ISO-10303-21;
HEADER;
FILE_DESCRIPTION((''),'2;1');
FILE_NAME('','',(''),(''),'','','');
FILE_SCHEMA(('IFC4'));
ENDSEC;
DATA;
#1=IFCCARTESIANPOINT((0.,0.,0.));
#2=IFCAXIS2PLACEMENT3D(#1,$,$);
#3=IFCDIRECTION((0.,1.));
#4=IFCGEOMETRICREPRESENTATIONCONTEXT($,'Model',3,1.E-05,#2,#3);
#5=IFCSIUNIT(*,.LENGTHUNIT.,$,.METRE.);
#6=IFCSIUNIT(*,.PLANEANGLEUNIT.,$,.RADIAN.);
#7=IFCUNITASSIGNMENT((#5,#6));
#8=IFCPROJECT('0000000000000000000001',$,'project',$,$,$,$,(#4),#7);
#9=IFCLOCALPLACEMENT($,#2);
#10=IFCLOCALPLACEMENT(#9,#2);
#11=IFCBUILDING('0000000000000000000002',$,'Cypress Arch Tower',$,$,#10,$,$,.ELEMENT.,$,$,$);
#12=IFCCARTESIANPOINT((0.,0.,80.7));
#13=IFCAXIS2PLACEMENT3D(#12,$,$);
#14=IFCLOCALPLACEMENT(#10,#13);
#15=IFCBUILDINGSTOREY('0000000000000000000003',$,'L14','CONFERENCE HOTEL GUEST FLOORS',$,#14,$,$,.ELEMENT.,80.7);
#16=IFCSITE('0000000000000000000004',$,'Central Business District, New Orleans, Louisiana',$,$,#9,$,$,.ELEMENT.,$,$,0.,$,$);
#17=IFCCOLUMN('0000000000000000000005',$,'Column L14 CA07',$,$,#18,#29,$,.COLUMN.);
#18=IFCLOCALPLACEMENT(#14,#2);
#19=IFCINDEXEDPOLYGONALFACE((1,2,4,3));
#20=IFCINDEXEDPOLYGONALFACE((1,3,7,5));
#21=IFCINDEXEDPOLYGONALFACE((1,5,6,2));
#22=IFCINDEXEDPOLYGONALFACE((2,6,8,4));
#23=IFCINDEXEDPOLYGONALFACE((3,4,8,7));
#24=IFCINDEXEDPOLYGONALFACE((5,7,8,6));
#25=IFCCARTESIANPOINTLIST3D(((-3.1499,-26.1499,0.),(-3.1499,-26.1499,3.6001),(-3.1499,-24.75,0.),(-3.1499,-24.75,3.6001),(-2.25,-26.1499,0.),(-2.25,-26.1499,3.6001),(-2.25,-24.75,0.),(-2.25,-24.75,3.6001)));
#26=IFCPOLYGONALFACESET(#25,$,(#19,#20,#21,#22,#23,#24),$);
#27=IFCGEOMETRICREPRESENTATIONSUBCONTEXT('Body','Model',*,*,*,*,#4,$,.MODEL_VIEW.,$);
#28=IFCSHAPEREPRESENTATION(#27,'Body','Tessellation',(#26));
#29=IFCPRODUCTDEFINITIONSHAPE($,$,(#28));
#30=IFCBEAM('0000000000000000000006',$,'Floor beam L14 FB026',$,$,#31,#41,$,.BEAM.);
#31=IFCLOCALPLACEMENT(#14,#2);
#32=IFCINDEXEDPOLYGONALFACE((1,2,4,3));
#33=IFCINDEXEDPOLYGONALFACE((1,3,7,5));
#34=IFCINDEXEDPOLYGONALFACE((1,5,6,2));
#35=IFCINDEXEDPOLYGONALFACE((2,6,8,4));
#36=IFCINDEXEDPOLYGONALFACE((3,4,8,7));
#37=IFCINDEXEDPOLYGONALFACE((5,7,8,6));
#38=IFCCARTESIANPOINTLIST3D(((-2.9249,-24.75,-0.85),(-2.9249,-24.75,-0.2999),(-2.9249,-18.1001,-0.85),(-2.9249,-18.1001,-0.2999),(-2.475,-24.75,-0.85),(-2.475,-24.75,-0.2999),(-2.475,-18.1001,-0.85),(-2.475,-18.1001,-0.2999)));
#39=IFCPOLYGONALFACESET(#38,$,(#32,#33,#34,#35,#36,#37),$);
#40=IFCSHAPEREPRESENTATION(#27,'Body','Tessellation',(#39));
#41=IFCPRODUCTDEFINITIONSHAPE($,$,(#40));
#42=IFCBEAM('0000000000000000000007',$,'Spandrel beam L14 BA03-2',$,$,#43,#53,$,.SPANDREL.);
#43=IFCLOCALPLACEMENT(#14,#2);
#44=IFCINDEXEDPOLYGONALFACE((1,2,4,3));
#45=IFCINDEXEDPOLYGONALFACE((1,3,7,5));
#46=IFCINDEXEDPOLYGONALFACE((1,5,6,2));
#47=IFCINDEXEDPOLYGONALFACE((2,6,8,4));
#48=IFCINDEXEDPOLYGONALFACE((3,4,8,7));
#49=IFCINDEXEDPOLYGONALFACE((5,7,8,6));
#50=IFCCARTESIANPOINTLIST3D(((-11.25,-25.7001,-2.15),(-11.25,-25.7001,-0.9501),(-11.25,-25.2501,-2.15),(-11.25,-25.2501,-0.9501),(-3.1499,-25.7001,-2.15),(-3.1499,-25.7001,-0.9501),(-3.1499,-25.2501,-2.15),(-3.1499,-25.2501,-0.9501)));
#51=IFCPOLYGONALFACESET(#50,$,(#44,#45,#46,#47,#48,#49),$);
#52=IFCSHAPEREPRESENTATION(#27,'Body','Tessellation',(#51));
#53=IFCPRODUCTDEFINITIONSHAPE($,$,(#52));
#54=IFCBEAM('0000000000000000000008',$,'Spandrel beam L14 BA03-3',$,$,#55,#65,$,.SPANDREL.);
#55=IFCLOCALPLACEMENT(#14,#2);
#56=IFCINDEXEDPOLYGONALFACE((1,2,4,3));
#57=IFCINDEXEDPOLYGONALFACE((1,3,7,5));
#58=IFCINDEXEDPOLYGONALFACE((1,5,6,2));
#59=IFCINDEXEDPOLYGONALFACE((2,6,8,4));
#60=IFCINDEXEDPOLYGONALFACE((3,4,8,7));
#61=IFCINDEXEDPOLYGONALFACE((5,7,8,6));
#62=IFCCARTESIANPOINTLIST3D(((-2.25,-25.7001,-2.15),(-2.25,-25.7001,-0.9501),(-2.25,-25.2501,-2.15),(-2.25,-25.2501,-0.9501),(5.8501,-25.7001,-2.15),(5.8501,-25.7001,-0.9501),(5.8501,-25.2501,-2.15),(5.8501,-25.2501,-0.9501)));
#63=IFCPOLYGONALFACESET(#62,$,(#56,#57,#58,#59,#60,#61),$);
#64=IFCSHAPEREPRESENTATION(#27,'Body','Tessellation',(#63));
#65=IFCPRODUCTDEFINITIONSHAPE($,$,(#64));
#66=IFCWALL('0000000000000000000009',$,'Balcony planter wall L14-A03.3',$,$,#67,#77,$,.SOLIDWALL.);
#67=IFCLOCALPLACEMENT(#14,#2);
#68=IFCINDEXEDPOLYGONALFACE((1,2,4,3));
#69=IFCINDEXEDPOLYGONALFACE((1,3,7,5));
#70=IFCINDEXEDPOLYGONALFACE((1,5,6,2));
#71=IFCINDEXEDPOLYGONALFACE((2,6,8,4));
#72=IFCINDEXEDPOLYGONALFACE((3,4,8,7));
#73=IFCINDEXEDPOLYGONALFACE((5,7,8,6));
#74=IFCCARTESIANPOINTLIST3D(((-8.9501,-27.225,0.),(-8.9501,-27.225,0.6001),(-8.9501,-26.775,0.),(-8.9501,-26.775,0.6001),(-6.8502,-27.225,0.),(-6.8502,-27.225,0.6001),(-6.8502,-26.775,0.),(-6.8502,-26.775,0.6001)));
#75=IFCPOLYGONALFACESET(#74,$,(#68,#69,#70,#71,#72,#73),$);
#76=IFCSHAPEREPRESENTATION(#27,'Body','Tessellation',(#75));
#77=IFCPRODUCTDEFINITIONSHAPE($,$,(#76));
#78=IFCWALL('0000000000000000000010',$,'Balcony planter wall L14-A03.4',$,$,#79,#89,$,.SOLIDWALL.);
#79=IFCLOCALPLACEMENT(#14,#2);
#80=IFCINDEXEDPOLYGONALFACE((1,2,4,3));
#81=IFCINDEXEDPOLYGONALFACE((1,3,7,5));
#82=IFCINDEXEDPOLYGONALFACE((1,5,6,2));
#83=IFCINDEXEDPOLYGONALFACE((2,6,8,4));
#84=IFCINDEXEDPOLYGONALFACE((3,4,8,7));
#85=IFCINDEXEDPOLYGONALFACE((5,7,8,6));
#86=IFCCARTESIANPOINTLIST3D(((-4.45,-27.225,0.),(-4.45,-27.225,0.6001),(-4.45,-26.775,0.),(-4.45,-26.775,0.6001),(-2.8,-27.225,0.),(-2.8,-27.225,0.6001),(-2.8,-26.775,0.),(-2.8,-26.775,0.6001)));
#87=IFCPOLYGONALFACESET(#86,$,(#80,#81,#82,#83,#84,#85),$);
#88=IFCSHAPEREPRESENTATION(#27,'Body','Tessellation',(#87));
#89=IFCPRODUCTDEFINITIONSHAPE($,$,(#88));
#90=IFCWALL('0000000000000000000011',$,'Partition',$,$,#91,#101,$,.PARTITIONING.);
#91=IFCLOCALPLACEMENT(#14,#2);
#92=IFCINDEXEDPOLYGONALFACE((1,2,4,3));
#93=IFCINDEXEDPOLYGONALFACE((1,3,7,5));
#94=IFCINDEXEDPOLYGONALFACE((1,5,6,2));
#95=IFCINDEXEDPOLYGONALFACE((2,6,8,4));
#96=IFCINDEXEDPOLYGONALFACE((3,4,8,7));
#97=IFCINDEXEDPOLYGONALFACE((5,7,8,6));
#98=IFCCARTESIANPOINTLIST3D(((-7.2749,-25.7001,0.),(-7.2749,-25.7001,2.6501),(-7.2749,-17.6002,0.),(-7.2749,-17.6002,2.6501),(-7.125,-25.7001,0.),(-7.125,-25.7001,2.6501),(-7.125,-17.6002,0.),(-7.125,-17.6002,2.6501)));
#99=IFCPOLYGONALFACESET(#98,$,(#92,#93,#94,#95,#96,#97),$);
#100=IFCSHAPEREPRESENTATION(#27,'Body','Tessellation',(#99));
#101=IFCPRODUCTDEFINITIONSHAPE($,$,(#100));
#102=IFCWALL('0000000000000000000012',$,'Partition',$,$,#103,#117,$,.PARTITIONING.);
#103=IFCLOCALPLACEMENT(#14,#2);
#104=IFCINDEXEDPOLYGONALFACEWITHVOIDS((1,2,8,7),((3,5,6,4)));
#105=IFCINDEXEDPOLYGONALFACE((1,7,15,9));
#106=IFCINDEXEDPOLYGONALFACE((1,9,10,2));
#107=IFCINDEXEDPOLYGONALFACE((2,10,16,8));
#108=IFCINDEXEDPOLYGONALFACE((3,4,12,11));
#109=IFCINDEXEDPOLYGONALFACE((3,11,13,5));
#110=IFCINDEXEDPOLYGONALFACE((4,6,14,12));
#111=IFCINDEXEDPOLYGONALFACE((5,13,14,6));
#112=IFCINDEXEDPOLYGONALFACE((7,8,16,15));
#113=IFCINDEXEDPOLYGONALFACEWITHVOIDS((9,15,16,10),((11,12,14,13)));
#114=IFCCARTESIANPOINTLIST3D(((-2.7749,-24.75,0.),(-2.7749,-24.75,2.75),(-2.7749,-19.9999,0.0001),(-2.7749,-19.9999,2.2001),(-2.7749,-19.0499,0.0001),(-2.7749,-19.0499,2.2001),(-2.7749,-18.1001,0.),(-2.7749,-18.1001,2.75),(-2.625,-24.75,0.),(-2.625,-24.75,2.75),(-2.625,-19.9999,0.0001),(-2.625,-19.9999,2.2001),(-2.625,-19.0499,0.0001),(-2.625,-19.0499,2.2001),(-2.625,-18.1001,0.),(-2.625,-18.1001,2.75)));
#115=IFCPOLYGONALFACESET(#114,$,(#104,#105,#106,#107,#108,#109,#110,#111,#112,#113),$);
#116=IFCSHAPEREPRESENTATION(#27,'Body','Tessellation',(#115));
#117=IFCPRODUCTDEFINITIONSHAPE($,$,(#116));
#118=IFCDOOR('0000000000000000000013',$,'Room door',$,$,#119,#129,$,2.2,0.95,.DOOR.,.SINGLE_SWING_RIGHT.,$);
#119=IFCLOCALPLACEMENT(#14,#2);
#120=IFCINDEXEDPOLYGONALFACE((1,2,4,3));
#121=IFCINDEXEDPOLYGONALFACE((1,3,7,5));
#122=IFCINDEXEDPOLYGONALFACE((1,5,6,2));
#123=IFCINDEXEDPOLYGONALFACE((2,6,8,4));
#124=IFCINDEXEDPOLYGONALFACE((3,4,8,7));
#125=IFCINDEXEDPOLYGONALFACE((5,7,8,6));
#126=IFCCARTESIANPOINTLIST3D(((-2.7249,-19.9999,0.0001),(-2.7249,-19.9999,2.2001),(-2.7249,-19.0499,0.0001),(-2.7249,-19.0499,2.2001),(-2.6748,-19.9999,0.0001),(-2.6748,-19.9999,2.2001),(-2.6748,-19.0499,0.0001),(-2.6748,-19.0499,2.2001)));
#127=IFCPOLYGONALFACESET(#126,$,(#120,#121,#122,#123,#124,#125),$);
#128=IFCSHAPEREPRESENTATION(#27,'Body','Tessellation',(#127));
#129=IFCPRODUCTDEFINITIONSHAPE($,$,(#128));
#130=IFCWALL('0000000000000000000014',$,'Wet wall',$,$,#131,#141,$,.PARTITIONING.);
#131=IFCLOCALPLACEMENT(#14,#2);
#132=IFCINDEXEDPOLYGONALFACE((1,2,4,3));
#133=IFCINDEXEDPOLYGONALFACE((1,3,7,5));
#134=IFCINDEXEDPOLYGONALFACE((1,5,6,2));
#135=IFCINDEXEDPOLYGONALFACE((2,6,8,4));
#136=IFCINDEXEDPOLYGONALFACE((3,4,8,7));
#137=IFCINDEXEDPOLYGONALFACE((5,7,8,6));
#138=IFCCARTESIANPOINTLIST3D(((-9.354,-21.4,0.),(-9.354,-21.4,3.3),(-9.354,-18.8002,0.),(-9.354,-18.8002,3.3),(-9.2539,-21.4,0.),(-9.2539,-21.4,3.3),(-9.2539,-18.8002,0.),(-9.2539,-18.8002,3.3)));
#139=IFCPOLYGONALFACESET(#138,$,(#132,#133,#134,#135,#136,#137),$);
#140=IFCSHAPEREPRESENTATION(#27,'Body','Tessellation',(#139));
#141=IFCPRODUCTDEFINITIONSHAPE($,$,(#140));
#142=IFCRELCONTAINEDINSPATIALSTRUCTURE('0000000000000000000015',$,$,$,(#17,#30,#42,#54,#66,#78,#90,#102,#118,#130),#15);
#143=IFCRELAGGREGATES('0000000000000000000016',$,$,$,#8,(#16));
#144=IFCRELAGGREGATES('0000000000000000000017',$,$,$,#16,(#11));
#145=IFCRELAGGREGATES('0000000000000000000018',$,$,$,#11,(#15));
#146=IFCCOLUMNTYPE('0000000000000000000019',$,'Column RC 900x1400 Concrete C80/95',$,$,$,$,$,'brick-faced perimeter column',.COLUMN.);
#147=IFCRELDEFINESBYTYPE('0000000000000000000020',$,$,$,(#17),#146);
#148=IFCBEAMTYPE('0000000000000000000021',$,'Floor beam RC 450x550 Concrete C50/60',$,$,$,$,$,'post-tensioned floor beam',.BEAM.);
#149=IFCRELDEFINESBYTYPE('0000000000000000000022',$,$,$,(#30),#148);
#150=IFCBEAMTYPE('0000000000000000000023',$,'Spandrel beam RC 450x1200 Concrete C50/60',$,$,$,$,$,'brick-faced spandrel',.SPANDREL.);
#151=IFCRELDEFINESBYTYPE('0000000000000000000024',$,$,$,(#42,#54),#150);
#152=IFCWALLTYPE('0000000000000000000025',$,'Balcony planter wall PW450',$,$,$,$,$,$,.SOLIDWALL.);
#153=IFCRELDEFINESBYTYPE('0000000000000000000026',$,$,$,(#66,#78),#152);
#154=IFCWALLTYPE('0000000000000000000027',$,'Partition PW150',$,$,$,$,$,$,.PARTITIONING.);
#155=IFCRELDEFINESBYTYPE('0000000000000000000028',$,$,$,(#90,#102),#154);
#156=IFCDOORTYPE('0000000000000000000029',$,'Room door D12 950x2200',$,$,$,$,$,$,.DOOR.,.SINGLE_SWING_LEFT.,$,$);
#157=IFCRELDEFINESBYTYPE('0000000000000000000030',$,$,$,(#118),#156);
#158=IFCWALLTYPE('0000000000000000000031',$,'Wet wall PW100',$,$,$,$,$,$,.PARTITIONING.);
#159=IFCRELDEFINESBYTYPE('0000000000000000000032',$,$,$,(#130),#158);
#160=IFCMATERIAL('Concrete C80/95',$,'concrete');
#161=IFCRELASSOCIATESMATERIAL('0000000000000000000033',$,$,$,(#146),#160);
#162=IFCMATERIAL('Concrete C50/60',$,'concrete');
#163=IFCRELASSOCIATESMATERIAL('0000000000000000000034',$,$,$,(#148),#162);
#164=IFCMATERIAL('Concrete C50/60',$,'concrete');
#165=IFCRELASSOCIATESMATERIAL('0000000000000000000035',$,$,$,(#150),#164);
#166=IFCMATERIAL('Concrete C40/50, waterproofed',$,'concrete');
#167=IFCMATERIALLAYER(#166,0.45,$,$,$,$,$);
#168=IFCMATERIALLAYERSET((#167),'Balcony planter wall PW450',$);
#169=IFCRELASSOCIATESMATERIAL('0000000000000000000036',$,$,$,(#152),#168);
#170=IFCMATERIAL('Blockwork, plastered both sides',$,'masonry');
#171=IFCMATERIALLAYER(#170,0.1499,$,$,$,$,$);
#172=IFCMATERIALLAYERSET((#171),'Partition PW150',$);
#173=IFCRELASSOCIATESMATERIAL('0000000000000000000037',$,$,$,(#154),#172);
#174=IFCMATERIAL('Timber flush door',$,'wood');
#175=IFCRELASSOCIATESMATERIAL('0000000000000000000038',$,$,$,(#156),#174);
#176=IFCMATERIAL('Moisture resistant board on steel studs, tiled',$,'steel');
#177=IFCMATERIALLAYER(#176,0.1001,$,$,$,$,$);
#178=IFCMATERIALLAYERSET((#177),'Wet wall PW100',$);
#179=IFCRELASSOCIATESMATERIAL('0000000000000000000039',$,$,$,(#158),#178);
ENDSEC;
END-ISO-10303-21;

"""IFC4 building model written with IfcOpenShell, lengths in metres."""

from ifc_helpers import new_model, si_unit, direction, frame, frame_2d, origin, origin_2d, place, context, subcontext, project, spatial, rectangle, extrude, material, layer, layer_set, material_profile, profile_set, type_object, element, fill, save


model = new_model("IFC4")

# Units and contexts
model_context = context("Model", 3, precision=1e-05, world=origin(), true_north=direction((0.0, 1.0)))
body_context = subcontext(model_context, "Body", "Model", "MODEL_VIEW")
ifc_project = project(units=[si_unit("LENGTHUNIT", "METRE"), si_unit("PLANEANGLEUNIT", "RADIAN")], contexts=[model_context])

# Site, building, storey
site_placement = place(None, origin())
site = spatial("IfcSite", under=ifc_project, at=site_placement, Name="Central Business District, New Orleans, Louisiana", CompositionType="ELEMENT", RefElevation=0.0)
building_placement = place(site_placement, origin())
building = spatial("IfcBuilding", under=site, at=building_placement, Name="Cypress Arch Tower", CompositionType="ELEMENT")
storey_placement = place(building_placement, frame((0.0, 0.0, 80.7)))
storey = spatial("IfcBuildingStorey", under=building, at=storey_placement, Name="L14", Description="CONFERENCE HOTEL GUEST FLOORS", CompositionType="ELEMENT", Elevation=80.7)

# Column
ifc_material_1 = material(Name="Concrete C80/95", Category="concrete")
ifc_material_profile_1 = material_profile(ifc_material_1, rectangle(XDim=0.8999, YDim=1.3999, at=origin_2d()), Name="RC 900x1400")
ifc_profile_set_1 = profile_set([ifc_material_profile_1], Name="Concrete C80/95")
column_type = type_object("IfcColumnType", Name="Column RC 900x1400 Concrete C80/95", ElementType="brick-faced perimeter column", PredefinedType="COLUMN", material=ifc_profile_set_1)
column_placement = place(storey_placement, frame((-2.7, -25.45, 0.0), z_axis=(0.0, 0.0, 1.0), x_axis=(1.0, 0.0, 0.0)))
element("IfcColumn", 1, at=column_placement, inside=storey, type_object=column_type, Name="Column L14 CA07", PredefinedType="COLUMN", context=body_context, shape_type="SweptSolid", body=[
    extrude(rectangle(XDim=0.8999, YDim=1.3999, at=origin_2d()), origin(), (0.0, 0.0, 1.0), 3.6001),
])

# Beams
ifc_material_2 = material(Name="Concrete C50/60", Category="concrete")
ifc_material_profile_2 = material_profile(ifc_material_2, rectangle(XDim=0.45, YDim=0.55, at=origin_2d()), Name="RC 450x550")
ifc_profile_set_2 = profile_set([ifc_material_profile_2], Name="Concrete C50/60")
beam_type_1 = type_object("IfcBeamType", Name="Floor beam RC 450x550 Concrete C50/60", ElementType="post-tensioned floor beam", PredefinedType="BEAM", material=ifc_profile_set_2)
beam_placement = place(storey_placement, frame((-2.7, -24.75, -0.575), z_axis=(0.0, 1.0, 0.0), x_axis=(-1.0, 0.0, 0.0)))
element("IfcBeam", 2, at=beam_placement, inside=storey, type_object=beam_type_1, Name="Floor beam L14 FB026", PredefinedType="BEAM", context=body_context, shape_type="SweptSolid", body=[
    extrude(rectangle(XDim=0.45, YDim=0.55, at=origin_2d()), origin(), (0.0, 0.0, 1.0), 6.6499),
])
ifc_material_3 = material(Name="Concrete C50/60", Category="concrete")
ifc_material_profile_3 = material_profile(ifc_material_3, rectangle(XDim=0.45, YDim=1.2, at=origin_2d()), Name="RC 450x1200")
ifc_profile_set_3 = profile_set([ifc_material_profile_3], Name="Concrete C50/60")
beam_type_2 = type_object("IfcBeamType", Name="Spandrel beam RC 450x1200 Concrete C50/60", ElementType="brick-faced spandrel", PredefinedType="SPANDREL", material=ifc_profile_set_3)
for number, where, z_axis, x_axis, name in (
    (3, (-11.25, -25.4751, -1.55), (1.0, 0.0, 0.0), (0.0, 1.0, 0.0), "Spandrel beam L14 BA03-2"),
    (4, (-2.25, -25.4751, -1.55), (1.0, 0.0, 0.0), (0.0, 1.0, 0.0), "Spandrel beam L14 BA03-3"),
):
    element("IfcBeam", number, at=place(storey_placement, frame(where, z_axis=z_axis, x_axis=x_axis)), inside=storey, type_object=beam_type_2, Name=name, PredefinedType="SPANDREL", context=body_context, shape_type="SweptSolid", body=[
        extrude(rectangle(XDim=0.45, YDim=1.2, at=origin_2d()), origin(), (0.0, 0.0, 1.0), 8.1001),
    ])

# Walls
ifc_material_4 = material(Name="Concrete C40/50, waterproofed", Category="concrete")
ifc_layer_1 = layer(ifc_material_4, 0.45)
ifc_layer_set_1 = layer_set([ifc_layer_1], Name="Balcony planter wall PW450")
wall_type_1 = type_object("IfcWallType", Name="Balcony planter wall PW450", PredefinedType="SOLIDWALL", material=ifc_layer_set_1)
wall_1_placement = place(storey_placement, frame((-8.95, -27.0, 0.0), z_axis=(0.0, 0.0, 1.0), x_axis=(1.0, 0.0, 0.0)))
element("IfcWall", 5, at=wall_1_placement, inside=storey, type_object=wall_type_1, Name="Balcony planter wall L14-A03.3", PredefinedType="SOLIDWALL", context=body_context, shape_type="SweptSolid", body=[
    extrude(rectangle(XDim=2.0999, YDim=0.45, at=frame_2d((1.0498, 0.0))), origin(), (0.0, 0.0, 1.0), 0.6001),
])
wall_2_placement = place(storey_placement, frame((-4.45, -27.0, 0.0), z_axis=(0.0, 0.0, 1.0), x_axis=(1.0, 0.0, 0.0)))
element("IfcWall", 6, at=wall_2_placement, inside=storey, type_object=wall_type_1, Name="Balcony planter wall L14-A03.4", PredefinedType="SOLIDWALL", context=body_context, shape_type="SweptSolid", body=[
    extrude(rectangle(XDim=1.6499, YDim=0.45, at=frame_2d((0.825, 0.0))), origin(), (0.0, 0.0, 1.0), 0.6001),
])

# Wall
ifc_material_5 = material(Name="Blockwork, plastered both sides", Category="masonry")
ifc_layer_2 = layer(ifc_material_5, 0.1499)
ifc_layer_set_2 = layer_set([ifc_layer_2], Name="Partition PW150")
wall_type_2 = type_object("IfcWallType", Name="Partition PW150", PredefinedType="PARTITIONING", material=ifc_layer_set_2)
wall_3_placement = place(storey_placement, frame((-7.2, -25.7, 0.0), z_axis=(0.0, 0.0, 1.0), x_axis=(0.0, 1.0, 0.0)))
element("IfcWall", 7, at=wall_3_placement, inside=storey, type_object=wall_type_2, Name="Partition", PredefinedType="PARTITIONING", context=body_context, shape_type="SweptSolid", body=[
    extrude(rectangle(XDim=8.0999, YDim=0.1499, at=frame_2d((4.0498, 0.0))), origin(), (0.0, 0.0, 1.0), 2.6501),
])

# Wall, opening, door
wall_4_placement = place(storey_placement, frame((-2.7, -24.75, 0.0), z_axis=(0.0, 0.0, 1.0), x_axis=(0.0, 1.0, 0.0)))
wall_4 = element("IfcWall", 8, at=wall_4_placement, inside=storey, type_object=wall_type_2, Name="Partition", PredefinedType="PARTITIONING", context=body_context, shape_type="SweptSolid", body=[
    extrude(rectangle(XDim=6.6499, YDim=0.1499, at=frame_2d((3.325, 0.0))), origin(), (0.0, 0.0, 1.0), 2.75),
])
opening_1_placement = place(wall_4_placement, frame((4.75, 0.0, 0.0)))
opening_1 = element("IfcOpeningElement", 9, at=opening_1_placement, cuts=wall_4, PredefinedType="OPENING", context=body_context, shape_type="SweptSolid", body=[
    extrude(rectangle(XDim=0.95, YDim=2.2, at=frame_2d((0.4751, 1.1001))), frame((0.0, 0.085, 0.0), z_axis=(0.0, -1.0, 0.0), x_axis=(1.0, 0.0, 0.0)), (0.0, 0.0, 1.0), 0.1699),
])
ifc_material_6 = material(Name="Timber flush door", Category="wood")
door_type_1 = type_object("IfcDoorType", Name="Room door D12 950x2200", OperationType="SINGLE_SWING_LEFT", PredefinedType="DOOR", material=ifc_material_6)
door_1_placement = place(opening_1_placement, origin())
door_1 = element("IfcDoor", 10, at=door_1_placement, inside=storey, type_object=door_type_1, Name="Room door", OperationType="SINGLE_SWING_RIGHT", OverallHeight=2.2, OverallWidth=0.95, PredefinedType="DOOR", context=body_context, shape_type="SweptSolid", body=[
    extrude(rectangle(XDim=0.95, YDim=2.2, at=frame_2d((0.4751, 1.1001))), frame((0.0, 0.0249, 0.0), z_axis=(0.0, -1.0, 0.0), x_axis=(1.0, 0.0, 0.0)), (0.0, 0.0, 1.0), 0.05),
])
fill(opening_1, door_1)

# Wall
ifc_material_7 = material(Name="Moisture resistant board on steel studs, tiled", Category="steel")
ifc_layer_3 = layer(ifc_material_7, 0.1001)
ifc_layer_set_3 = layer_set([ifc_layer_3], Name="Wet wall PW100")
wall_type_3 = type_object("IfcWallType", Name="Wet wall PW100", PredefinedType="PARTITIONING", material=ifc_layer_set_3)
wall_5_placement = place(storey_placement, frame((-9.304, -21.3999, 0.0), z_axis=(0.0, 0.0, 1.0), x_axis=(0.0, 1.0, 0.0)))
element("IfcWall", 11, at=wall_5_placement, inside=storey, type_object=wall_type_3, Name="Wet wall", PredefinedType="PARTITIONING", context=body_context, shape_type="SweptSolid", body=[
    extrude(rectangle(XDim=2.5999, YDim=0.1001, at=frame_2d((1.2998, 0.0))), origin(), (0.0, 0.0, 1.0), 3.3),
])

save(model, "model.ifc")
